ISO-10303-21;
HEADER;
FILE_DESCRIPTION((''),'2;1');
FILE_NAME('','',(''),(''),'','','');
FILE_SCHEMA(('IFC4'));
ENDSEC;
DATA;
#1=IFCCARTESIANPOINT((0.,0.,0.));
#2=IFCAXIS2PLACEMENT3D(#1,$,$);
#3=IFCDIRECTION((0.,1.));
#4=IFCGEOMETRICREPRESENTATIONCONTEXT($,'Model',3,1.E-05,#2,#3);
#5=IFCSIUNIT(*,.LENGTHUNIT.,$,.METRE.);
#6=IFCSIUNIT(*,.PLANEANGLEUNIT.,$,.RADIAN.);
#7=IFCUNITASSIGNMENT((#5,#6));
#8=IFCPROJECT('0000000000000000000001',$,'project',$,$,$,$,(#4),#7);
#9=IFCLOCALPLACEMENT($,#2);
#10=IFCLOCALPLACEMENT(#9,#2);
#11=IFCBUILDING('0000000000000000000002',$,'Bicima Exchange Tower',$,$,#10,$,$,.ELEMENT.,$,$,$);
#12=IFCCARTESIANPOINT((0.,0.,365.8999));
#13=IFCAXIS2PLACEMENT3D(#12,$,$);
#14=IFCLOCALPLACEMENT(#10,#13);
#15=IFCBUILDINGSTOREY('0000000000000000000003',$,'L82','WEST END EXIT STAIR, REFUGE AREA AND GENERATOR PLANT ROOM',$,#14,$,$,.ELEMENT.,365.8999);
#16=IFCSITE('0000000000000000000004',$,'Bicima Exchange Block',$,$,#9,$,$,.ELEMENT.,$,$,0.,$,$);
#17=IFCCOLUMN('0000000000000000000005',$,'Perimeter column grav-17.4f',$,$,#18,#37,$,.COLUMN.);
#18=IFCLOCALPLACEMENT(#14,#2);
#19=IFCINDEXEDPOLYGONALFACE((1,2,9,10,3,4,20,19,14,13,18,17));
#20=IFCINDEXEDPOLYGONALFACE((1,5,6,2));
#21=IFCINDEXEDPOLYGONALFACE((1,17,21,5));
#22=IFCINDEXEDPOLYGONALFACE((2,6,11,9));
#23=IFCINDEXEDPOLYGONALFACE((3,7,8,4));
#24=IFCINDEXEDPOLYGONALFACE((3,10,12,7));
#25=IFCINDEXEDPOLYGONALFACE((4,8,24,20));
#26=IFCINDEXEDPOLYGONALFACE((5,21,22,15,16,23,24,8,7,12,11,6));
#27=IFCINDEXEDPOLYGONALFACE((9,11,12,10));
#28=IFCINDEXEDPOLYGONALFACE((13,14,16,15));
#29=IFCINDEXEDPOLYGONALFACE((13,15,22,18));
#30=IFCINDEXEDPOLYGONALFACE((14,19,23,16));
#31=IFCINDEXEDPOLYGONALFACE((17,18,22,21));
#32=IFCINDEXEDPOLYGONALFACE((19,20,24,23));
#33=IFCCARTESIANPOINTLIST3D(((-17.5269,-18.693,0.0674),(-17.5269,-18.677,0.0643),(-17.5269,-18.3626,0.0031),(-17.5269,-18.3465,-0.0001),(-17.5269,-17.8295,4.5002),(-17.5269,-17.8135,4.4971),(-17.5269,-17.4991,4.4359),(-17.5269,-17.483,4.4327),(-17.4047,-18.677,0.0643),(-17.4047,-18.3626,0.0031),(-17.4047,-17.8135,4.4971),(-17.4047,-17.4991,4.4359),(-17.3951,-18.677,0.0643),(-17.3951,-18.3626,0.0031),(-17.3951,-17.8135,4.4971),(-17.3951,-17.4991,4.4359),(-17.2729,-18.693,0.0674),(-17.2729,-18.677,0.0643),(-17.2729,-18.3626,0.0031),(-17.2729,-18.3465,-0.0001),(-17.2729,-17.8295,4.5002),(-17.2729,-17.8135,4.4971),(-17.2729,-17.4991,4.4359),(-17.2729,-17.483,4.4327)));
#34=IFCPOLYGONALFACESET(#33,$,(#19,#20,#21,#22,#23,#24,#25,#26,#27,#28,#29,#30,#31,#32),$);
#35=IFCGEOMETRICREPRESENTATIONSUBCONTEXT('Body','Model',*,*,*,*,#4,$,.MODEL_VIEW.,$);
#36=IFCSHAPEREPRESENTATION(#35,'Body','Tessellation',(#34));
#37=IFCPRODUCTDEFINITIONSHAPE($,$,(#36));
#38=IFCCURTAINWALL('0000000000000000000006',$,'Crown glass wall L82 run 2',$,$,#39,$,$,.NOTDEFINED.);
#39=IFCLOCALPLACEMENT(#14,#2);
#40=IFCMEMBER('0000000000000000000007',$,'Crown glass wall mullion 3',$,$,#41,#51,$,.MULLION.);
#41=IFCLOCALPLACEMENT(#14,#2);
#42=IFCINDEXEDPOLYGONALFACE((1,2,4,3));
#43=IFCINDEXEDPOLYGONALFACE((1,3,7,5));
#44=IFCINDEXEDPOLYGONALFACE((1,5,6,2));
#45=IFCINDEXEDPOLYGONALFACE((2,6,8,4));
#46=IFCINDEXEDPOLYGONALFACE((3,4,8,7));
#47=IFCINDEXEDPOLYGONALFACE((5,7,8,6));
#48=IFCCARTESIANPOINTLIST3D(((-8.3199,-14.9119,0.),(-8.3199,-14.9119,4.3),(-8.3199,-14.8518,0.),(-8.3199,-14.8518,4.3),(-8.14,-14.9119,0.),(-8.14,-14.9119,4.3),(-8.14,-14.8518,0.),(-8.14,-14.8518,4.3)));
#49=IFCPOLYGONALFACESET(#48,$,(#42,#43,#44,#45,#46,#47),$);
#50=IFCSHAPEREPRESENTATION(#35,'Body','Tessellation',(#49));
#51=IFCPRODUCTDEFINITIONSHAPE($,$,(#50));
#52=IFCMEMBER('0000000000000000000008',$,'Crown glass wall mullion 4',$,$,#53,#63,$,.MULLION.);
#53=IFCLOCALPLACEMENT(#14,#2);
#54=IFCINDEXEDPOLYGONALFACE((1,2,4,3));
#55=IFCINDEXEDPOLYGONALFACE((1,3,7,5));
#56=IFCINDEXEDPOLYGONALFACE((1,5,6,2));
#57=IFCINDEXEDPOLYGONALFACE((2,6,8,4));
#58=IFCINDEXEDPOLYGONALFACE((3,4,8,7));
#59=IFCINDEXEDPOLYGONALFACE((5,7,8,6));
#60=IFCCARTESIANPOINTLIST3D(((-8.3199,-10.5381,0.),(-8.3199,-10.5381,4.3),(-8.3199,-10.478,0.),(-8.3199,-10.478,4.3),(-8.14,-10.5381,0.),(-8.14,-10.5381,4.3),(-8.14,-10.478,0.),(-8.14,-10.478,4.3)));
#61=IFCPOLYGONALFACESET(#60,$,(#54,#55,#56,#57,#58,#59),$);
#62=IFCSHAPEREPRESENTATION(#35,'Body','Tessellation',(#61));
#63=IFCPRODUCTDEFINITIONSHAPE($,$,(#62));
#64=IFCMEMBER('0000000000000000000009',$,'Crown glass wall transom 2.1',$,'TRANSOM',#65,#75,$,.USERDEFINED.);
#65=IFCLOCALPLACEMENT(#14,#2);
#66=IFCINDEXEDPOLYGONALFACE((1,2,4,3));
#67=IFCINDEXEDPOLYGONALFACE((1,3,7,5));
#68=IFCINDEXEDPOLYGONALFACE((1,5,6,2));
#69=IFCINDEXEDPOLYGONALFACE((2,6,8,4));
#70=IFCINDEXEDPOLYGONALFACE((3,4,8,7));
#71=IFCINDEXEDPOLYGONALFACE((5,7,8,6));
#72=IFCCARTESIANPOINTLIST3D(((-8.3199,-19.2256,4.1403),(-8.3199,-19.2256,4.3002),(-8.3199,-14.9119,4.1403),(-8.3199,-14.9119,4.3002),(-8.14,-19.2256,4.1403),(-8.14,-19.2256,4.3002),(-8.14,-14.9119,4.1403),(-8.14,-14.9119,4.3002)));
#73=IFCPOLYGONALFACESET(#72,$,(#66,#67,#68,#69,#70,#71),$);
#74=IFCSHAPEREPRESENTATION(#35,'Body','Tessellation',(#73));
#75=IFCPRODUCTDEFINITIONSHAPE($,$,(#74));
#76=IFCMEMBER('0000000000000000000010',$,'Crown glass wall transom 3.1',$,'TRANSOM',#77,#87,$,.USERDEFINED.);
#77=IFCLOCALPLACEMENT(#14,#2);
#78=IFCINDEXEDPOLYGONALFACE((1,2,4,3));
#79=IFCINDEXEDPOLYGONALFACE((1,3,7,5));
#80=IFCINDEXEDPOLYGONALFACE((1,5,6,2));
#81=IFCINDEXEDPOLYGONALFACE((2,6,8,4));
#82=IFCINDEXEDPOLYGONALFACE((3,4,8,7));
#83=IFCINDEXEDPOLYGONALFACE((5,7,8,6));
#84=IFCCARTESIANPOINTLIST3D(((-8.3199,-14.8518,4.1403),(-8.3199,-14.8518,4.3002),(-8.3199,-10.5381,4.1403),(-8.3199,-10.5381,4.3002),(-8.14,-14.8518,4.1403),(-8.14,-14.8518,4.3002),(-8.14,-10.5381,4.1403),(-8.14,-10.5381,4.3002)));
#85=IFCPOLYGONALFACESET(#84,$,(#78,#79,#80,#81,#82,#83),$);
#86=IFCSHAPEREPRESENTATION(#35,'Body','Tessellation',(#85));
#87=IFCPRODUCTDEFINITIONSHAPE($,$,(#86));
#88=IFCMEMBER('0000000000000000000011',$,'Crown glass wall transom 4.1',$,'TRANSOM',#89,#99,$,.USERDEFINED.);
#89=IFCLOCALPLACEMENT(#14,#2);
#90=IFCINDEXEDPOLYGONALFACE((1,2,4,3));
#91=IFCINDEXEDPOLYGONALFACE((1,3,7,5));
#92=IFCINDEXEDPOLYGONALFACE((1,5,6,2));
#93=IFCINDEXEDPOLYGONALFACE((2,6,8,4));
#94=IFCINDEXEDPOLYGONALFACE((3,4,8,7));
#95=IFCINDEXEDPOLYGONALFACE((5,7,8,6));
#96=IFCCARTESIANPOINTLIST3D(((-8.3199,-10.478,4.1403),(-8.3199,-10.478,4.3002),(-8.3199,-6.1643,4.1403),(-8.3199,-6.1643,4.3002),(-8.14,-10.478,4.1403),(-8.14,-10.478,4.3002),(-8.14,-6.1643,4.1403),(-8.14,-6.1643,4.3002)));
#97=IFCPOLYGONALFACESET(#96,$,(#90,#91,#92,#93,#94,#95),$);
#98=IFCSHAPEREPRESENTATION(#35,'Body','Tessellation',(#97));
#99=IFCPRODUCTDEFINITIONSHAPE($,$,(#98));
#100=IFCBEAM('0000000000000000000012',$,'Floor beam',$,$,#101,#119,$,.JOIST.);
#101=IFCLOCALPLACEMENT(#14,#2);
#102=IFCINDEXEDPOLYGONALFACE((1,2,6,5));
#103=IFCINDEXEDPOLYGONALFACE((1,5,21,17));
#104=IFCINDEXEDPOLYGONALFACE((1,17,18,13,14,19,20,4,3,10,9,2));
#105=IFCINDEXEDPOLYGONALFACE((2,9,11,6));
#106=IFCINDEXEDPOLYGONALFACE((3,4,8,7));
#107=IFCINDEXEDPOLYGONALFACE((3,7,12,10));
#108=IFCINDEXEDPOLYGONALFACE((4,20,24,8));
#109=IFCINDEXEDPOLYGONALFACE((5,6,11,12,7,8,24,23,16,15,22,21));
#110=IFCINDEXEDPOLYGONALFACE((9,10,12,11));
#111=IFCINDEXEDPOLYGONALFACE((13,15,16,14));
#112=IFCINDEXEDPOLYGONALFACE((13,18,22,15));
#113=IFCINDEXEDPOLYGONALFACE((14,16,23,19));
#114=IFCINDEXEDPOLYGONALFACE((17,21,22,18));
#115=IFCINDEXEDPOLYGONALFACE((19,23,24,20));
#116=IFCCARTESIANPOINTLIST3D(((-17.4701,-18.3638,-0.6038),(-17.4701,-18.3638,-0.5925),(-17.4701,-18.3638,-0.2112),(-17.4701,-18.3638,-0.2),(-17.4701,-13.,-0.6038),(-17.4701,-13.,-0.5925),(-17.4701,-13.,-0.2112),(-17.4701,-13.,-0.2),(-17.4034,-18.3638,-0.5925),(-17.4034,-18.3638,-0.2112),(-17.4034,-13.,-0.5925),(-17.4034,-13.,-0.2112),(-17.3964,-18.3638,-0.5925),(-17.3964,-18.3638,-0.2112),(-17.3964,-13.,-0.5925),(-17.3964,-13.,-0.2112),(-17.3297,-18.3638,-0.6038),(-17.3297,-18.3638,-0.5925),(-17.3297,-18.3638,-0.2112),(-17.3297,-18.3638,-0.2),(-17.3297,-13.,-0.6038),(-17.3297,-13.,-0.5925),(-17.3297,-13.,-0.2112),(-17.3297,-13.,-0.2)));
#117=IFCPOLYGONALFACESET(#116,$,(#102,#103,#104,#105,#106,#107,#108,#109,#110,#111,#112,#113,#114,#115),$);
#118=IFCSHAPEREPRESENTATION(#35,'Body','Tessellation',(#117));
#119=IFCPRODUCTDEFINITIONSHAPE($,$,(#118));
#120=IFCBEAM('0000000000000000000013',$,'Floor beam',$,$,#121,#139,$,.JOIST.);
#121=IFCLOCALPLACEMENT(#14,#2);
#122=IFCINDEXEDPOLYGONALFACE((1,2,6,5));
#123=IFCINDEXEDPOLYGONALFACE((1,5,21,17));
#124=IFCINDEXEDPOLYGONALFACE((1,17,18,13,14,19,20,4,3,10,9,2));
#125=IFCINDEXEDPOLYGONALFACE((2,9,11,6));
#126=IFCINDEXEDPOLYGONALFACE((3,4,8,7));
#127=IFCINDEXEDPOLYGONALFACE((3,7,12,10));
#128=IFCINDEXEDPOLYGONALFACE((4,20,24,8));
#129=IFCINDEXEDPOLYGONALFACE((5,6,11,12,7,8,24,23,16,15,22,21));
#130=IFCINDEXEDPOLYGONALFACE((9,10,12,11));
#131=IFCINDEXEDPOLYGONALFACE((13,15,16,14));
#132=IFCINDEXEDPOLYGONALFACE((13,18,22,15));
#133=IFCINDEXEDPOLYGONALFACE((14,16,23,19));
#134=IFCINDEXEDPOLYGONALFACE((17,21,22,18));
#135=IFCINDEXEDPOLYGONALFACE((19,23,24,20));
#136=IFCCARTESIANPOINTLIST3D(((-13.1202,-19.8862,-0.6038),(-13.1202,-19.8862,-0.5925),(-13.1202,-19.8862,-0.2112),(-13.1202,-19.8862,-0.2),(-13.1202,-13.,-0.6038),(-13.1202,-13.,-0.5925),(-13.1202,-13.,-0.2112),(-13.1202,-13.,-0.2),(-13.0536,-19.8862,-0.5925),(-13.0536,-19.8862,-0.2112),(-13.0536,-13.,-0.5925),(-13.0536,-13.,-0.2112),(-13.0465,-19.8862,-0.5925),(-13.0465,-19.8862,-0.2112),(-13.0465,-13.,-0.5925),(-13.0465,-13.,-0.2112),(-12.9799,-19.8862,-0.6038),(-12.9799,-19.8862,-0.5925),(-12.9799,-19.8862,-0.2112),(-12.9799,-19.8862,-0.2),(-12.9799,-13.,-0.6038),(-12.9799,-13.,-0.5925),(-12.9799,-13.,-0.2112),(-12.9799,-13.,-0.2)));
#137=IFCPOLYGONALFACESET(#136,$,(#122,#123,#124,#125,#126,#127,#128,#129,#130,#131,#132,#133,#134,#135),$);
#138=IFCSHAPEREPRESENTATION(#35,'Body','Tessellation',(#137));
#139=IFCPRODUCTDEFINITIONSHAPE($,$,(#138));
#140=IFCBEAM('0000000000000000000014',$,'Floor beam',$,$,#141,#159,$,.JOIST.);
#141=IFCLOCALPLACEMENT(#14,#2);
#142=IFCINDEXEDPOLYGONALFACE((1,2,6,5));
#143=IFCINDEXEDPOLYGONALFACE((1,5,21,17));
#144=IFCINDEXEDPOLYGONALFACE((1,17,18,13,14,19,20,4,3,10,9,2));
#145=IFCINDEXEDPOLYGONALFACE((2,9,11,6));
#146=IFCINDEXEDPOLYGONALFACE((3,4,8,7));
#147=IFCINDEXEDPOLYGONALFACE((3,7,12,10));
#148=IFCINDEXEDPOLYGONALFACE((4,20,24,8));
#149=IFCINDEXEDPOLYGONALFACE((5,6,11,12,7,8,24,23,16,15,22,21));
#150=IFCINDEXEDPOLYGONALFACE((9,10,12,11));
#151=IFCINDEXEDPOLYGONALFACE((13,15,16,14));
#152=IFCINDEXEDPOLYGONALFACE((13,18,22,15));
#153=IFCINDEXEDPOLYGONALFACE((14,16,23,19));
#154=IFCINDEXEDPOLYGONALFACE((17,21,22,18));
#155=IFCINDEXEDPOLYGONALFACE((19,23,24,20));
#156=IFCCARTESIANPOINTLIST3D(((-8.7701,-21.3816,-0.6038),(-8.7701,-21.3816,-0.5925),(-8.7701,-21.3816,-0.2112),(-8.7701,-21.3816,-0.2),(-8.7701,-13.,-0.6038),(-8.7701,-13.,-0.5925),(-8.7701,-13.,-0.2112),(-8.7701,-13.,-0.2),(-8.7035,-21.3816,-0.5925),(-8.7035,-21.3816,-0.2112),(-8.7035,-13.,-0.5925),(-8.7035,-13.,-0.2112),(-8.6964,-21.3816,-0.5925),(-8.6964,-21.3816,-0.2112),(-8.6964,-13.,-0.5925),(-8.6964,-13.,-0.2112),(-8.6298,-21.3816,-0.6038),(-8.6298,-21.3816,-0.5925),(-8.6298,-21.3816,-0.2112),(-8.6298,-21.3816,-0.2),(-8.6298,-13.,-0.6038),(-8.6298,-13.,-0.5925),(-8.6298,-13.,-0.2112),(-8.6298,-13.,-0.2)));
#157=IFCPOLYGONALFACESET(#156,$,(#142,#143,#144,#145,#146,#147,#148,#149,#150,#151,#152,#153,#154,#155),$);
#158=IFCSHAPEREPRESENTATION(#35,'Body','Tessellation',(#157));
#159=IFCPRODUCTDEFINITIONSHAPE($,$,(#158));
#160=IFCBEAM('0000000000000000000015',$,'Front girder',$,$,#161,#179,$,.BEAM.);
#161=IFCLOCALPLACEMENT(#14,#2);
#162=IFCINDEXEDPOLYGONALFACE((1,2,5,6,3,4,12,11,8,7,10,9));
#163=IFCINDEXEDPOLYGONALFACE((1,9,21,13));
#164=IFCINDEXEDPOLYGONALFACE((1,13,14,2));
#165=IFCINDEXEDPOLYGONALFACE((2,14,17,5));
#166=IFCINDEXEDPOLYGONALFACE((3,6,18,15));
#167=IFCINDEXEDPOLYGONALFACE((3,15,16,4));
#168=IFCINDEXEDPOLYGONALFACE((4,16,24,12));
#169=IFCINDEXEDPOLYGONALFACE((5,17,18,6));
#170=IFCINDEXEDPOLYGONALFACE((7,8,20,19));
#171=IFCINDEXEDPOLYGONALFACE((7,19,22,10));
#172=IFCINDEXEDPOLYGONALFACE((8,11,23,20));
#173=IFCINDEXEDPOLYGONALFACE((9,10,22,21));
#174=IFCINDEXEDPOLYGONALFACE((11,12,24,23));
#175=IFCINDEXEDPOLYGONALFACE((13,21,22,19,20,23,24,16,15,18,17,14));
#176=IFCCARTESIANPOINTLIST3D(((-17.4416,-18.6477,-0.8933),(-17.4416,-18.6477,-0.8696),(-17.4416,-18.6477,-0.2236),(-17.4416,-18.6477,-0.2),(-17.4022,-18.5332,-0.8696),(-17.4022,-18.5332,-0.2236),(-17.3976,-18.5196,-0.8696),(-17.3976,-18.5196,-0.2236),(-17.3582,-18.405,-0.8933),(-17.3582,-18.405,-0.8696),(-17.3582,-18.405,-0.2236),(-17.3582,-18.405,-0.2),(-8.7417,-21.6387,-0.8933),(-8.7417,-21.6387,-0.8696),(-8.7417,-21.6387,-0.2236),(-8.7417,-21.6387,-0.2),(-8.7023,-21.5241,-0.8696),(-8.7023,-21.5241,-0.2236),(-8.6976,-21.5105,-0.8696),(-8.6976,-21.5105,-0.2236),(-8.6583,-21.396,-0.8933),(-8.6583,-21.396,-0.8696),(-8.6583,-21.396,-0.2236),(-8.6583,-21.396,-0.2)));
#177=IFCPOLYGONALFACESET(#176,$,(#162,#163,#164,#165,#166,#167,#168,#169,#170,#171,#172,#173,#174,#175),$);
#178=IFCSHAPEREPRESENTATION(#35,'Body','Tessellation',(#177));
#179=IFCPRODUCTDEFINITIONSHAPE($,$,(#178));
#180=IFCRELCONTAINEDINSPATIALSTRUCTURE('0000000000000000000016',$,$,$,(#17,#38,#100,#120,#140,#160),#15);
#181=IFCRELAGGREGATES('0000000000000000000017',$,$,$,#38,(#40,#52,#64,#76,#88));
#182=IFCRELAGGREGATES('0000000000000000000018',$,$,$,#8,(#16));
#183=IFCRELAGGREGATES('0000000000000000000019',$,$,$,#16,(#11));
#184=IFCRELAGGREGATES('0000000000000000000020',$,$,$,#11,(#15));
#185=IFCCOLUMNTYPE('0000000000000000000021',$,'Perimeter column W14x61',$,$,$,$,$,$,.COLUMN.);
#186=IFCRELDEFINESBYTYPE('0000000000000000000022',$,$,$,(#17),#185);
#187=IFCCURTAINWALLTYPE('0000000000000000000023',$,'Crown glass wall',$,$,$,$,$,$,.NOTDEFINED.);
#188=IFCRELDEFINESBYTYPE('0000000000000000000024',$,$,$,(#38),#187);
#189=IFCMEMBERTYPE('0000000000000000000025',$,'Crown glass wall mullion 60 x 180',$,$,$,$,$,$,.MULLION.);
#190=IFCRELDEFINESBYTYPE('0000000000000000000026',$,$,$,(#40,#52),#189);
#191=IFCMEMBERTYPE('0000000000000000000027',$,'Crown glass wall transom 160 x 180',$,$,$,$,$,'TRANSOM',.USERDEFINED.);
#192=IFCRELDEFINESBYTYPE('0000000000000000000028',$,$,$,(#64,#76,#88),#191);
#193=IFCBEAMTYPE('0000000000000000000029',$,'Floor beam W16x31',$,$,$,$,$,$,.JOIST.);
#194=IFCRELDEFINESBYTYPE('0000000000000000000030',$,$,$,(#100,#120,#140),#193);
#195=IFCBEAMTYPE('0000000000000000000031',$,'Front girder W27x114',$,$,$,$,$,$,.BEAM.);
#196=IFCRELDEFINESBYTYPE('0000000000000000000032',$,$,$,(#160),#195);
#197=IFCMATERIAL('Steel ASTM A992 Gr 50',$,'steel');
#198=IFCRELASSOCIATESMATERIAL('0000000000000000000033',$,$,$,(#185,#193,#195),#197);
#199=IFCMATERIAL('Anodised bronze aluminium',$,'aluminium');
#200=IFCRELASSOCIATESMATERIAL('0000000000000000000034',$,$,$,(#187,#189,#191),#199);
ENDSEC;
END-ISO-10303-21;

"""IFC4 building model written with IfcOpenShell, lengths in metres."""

from ifc_helpers import new_model, si_unit, direction, frame, origin, origin_2d, place, context, subcontext, project, spatial, rectangle, i_section, extrude, material, material_profile, profile_set, type_object, element, aggregate, save


model = new_model("IFC4")

# Units and contexts
model_context = context("Model", 3, precision=1e-05, world=origin(), true_north=direction((0.0, 1.0)))
body_context = subcontext(model_context, "Body", "Model", "MODEL_VIEW")
ifc_project = project(units=[si_unit("LENGTHUNIT", "METRE"), si_unit("PLANEANGLEUNIT", "RADIAN")], contexts=[model_context])

# Site, building, storey
site_placement = place(None, origin())
site = spatial("IfcSite", under=ifc_project, at=site_placement, Name="Bicima Exchange Block", CompositionType="ELEMENT", RefElevation=0.0)
building_placement = place(site_placement, origin())
building = spatial("IfcBuilding", under=site, at=building_placement, Name="Bicima Exchange Tower", CompositionType="ELEMENT")
storey_placement = place(building_placement, frame((0.0, 0.0, 365.8999)))
storey = spatial("IfcBuildingStorey", under=building, at=storey_placement, Name="L82", Description="WEST END EXIT STAIR, REFUGE AREA AND GENERATOR PLANT ROOM", CompositionType="ELEMENT", Elevation=365.8999)

# Column
ifc_material_1 = material(Name="Steel ASTM A992 Gr 50", Category="steel")
ifc_material_profile_1 = material_profile(ifc_material_1, i_section(OverallWidth=0.2539, OverallDepth=0.353, WebThickness=0.0095, FlangeThickness=0.0164, at=origin_2d()))
ifc_profile_set_1 = profile_set([ifc_material_profile_1], Name="Steel ASTM A992 Gr 50")
column_type = type_object("IfcColumnType", Name="Perimeter column W14x61", PredefinedType="COLUMN", material=ifc_profile_set_1)
column_placement = place(storey_placement, frame((-17.3999, -18.5198, 0.0337), z_axis=(0.0, 0.191207, 0.98155), x_axis=(-1.0, 0.0, 0.0)))
element("IfcColumn", 1, at=column_placement, inside=storey, type_object=column_type, Name="Perimeter column grav-17.4f", PredefinedType="COLUMN", context=body_context, shape_type="SweptSolid", body=[
    extrude(i_section(OverallWidth=0.2539, OverallDepth=0.353, WebThickness=0.0095, FlangeThickness=0.0164, at=origin_2d()), origin(), (0.0, 0.0, 1.0), 4.5161),
])

# Curtain wall, members
ifc_material_2 = material(Name="Anodised bronze aluminium", Category="aluminium")
curtain_wall_type = type_object("IfcCurtainWallType", Name="Crown glass wall", PredefinedType="NOTDEFINED", material=ifc_material_2)
curtain_wall_placement = place(storey_placement, origin())
curtain_wall = element("IfcCurtainWall", 2, at=curtain_wall_placement, inside=storey, type_object=curtain_wall_type, Name="Crown glass wall L82 run 2", PredefinedType="NOTDEFINED")
ifc_material_profile_2 = material_profile(ifc_material_2, rectangle(XDim=0.1799, YDim=0.0601, at=origin_2d()))
ifc_profile_set_2 = profile_set([ifc_material_profile_2], Name="Anodised bronze aluminium")
member_type_1 = type_object("IfcMemberType", Name="Crown glass wall mullion 60 x 180", PredefinedType="MULLION", material=ifc_profile_set_2)
member_1_placement = place(storey_placement, frame((-8.23, -14.8818, 0.0), z_axis=(0.0, 0.0, 1.0), x_axis=(-1.0, 0.0, 0.0)))
member_1 = element("IfcMember", 3, at=member_1_placement, type_object=member_type_1, Name="Crown glass wall mullion 3", PredefinedType="MULLION", context=body_context, shape_type="SweptSolid", body=[
    extrude(rectangle(XDim=0.1799, YDim=0.0601, at=origin_2d()), origin(), (0.0, 0.0, 1.0), 4.3),
])
member_2_placement = place(storey_placement, frame((-8.23, -10.5081, 0.0), z_axis=(0.0, 0.0, 1.0), x_axis=(-1.0, 0.0, 0.0)))
member_2 = element("IfcMember", 4, at=member_2_placement, type_object=member_type_1, Name="Crown glass wall mullion 4", PredefinedType="MULLION", context=body_context, shape_type="SweptSolid", body=[
    extrude(rectangle(XDim=0.1799, YDim=0.0601, at=origin_2d()), origin(), (0.0, 0.0, 1.0), 4.3),
])
ifc_material_profile_3 = material_profile(ifc_material_2, rectangle(XDim=0.1799, YDim=0.1599, at=origin_2d()))
ifc_profile_set_3 = profile_set([ifc_material_profile_3], Name="Anodised bronze aluminium")
member_type_2 = type_object("IfcMemberType", Name="Crown glass wall transom 160 x 180", ElementType="TRANSOM", PredefinedType="USERDEFINED", material=ifc_profile_set_3)
member_3_placement = place(storey_placement, frame((-8.23, -19.2256, 4.2202), z_axis=(0.0, 1.0, 0.0), x_axis=(-1.0, 0.0, 0.0)))
member_3 = element("IfcMember", 5, at=member_3_placement, type_object=member_type_2, Name="Crown glass wall transom 2.1", ObjectType="TRANSOM", PredefinedType="USERDEFINED", context=body_context, shape_type="SweptSolid", body=[
    extrude(rectangle(XDim=0.1799, YDim=0.1599, at=origin_2d()), origin(), (0.0, 0.0, 1.0), 4.3137),
])
member_4_placement = place(storey_placement, frame((-8.23, -14.8518, 4.2202), z_axis=(0.0, 1.0, 0.0), x_axis=(-1.0, 0.0, 0.0)))
member_4 = element("IfcMember", 6, at=member_4_placement, type_object=member_type_2, Name="Crown glass wall transom 3.1", ObjectType="TRANSOM", PredefinedType="USERDEFINED", context=body_context, shape_type="SweptSolid", body=[
    extrude(rectangle(XDim=0.1799, YDim=0.1599, at=origin_2d()), origin(), (0.0, 0.0, 1.0), 4.3137),
])
member_5_placement = place(storey_placement, frame((-8.23, -10.478, 4.2202), z_axis=(0.0, 1.0, 0.0), x_axis=(-1.0, 0.0, 0.0)))
member_5 = element("IfcMember", 7, at=member_5_placement, type_object=member_type_2, Name="Crown glass wall transom 4.1", ObjectType="TRANSOM", PredefinedType="USERDEFINED", context=body_context, shape_type="SweptSolid", body=[
    extrude(rectangle(XDim=0.1799, YDim=0.1599, at=origin_2d()), origin(), (0.0, 0.0, 1.0), 4.3137),
])

# Beams
ifc_material_profile_4 = material_profile(ifc_material_1, i_section(OverallWidth=0.1404, OverallDepth=0.4038, WebThickness=0.0071, FlangeThickness=0.0112, at=origin_2d()))
ifc_profile_set_4 = profile_set([ifc_material_profile_4], Name="Steel ASTM A992 Gr 50")
beam_type_1 = type_object("IfcBeamType", Name="Floor beam W16x31", PredefinedType="JOIST", material=ifc_profile_set_4)
beam_1_placement = place(storey_placement, frame((-17.3999, -13.0, -0.4019), z_axis=(0.0, -1.0, 0.0), x_axis=(1.0, 0.0, 0.0)))
element("IfcBeam", 8, at=beam_1_placement, inside=storey, type_object=beam_type_1, Name="Floor beam", PredefinedType="JOIST", context=body_context, shape_type="SweptSolid", body=[
    extrude(i_section(OverallWidth=0.1404, OverallDepth=0.4038, WebThickness=0.0071, FlangeThickness=0.0112, at=origin_2d()), origin(), (0.0, 0.0, 1.0), 5.3638),
])
beam_2_placement = place(storey_placement, frame((-13.05, -13.0, -0.4019), z_axis=(0.0, -1.0, 0.0), x_axis=(1.0, 0.0, 0.0)))
element("IfcBeam", 9, at=beam_2_placement, inside=storey, type_object=beam_type_1, Name="Floor beam", PredefinedType="JOIST", context=body_context, shape_type="SweptSolid", body=[
    extrude(i_section(OverallWidth=0.1404, OverallDepth=0.4038, WebThickness=0.0071, FlangeThickness=0.0112, at=origin_2d()), origin(), (0.0, 0.0, 1.0), 6.8862),
])
beam_3_placement = place(storey_placement, frame((-8.7, -13.0, -0.4019), z_axis=(0.0, -1.0, 0.0), x_axis=(1.0, 0.0, 0.0)))
element("IfcBeam", 10, at=beam_3_placement, inside=storey, type_object=beam_type_1, Name="Floor beam", PredefinedType="JOIST", context=body_context, shape_type="SweptSolid", body=[
    extrude(i_section(OverallWidth=0.1404, OverallDepth=0.4038, WebThickness=0.0071, FlangeThickness=0.0112, at=origin_2d()), origin(), (0.0, 0.0, 1.0), 8.3816),
])
ifc_material_profile_5 = material_profile(ifc_material_1, i_section(OverallWidth=0.2566, OverallDepth=0.6934, WebThickness=0.0144, FlangeThickness=0.0237, at=origin_2d()))
ifc_profile_set_5 = profile_set([ifc_material_profile_5], Name="Steel ASTM A992 Gr 50")
beam_type_2 = type_object("IfcBeamType", Name="Front girder W27x114", PredefinedType="BEAM", material=ifc_profile_set_5)
beam_4_placement = place(storey_placement, frame((-17.3999, -18.5264, -0.5466), z_axis=(0.945675, -0.325115, 0.0), x_axis=(0.325115, 0.945675, 0.0)))
element("IfcBeam", 11, at=beam_4_placement, inside=storey, type_object=beam_type_2, Name="Front girder", PredefinedType="BEAM", context=body_context, shape_type="SweptSolid", body=[
    extrude(i_section(OverallWidth=0.2566, OverallDepth=0.6934, WebThickness=0.0144, FlangeThickness=0.0237, at=origin_2d()), origin(), (0.0, 0.0, 1.0), 9.1997),
])

aggregate(curtain_wall, [member_1, member_2, member_3, member_4, member_5])

save(model, "model.ifc")
